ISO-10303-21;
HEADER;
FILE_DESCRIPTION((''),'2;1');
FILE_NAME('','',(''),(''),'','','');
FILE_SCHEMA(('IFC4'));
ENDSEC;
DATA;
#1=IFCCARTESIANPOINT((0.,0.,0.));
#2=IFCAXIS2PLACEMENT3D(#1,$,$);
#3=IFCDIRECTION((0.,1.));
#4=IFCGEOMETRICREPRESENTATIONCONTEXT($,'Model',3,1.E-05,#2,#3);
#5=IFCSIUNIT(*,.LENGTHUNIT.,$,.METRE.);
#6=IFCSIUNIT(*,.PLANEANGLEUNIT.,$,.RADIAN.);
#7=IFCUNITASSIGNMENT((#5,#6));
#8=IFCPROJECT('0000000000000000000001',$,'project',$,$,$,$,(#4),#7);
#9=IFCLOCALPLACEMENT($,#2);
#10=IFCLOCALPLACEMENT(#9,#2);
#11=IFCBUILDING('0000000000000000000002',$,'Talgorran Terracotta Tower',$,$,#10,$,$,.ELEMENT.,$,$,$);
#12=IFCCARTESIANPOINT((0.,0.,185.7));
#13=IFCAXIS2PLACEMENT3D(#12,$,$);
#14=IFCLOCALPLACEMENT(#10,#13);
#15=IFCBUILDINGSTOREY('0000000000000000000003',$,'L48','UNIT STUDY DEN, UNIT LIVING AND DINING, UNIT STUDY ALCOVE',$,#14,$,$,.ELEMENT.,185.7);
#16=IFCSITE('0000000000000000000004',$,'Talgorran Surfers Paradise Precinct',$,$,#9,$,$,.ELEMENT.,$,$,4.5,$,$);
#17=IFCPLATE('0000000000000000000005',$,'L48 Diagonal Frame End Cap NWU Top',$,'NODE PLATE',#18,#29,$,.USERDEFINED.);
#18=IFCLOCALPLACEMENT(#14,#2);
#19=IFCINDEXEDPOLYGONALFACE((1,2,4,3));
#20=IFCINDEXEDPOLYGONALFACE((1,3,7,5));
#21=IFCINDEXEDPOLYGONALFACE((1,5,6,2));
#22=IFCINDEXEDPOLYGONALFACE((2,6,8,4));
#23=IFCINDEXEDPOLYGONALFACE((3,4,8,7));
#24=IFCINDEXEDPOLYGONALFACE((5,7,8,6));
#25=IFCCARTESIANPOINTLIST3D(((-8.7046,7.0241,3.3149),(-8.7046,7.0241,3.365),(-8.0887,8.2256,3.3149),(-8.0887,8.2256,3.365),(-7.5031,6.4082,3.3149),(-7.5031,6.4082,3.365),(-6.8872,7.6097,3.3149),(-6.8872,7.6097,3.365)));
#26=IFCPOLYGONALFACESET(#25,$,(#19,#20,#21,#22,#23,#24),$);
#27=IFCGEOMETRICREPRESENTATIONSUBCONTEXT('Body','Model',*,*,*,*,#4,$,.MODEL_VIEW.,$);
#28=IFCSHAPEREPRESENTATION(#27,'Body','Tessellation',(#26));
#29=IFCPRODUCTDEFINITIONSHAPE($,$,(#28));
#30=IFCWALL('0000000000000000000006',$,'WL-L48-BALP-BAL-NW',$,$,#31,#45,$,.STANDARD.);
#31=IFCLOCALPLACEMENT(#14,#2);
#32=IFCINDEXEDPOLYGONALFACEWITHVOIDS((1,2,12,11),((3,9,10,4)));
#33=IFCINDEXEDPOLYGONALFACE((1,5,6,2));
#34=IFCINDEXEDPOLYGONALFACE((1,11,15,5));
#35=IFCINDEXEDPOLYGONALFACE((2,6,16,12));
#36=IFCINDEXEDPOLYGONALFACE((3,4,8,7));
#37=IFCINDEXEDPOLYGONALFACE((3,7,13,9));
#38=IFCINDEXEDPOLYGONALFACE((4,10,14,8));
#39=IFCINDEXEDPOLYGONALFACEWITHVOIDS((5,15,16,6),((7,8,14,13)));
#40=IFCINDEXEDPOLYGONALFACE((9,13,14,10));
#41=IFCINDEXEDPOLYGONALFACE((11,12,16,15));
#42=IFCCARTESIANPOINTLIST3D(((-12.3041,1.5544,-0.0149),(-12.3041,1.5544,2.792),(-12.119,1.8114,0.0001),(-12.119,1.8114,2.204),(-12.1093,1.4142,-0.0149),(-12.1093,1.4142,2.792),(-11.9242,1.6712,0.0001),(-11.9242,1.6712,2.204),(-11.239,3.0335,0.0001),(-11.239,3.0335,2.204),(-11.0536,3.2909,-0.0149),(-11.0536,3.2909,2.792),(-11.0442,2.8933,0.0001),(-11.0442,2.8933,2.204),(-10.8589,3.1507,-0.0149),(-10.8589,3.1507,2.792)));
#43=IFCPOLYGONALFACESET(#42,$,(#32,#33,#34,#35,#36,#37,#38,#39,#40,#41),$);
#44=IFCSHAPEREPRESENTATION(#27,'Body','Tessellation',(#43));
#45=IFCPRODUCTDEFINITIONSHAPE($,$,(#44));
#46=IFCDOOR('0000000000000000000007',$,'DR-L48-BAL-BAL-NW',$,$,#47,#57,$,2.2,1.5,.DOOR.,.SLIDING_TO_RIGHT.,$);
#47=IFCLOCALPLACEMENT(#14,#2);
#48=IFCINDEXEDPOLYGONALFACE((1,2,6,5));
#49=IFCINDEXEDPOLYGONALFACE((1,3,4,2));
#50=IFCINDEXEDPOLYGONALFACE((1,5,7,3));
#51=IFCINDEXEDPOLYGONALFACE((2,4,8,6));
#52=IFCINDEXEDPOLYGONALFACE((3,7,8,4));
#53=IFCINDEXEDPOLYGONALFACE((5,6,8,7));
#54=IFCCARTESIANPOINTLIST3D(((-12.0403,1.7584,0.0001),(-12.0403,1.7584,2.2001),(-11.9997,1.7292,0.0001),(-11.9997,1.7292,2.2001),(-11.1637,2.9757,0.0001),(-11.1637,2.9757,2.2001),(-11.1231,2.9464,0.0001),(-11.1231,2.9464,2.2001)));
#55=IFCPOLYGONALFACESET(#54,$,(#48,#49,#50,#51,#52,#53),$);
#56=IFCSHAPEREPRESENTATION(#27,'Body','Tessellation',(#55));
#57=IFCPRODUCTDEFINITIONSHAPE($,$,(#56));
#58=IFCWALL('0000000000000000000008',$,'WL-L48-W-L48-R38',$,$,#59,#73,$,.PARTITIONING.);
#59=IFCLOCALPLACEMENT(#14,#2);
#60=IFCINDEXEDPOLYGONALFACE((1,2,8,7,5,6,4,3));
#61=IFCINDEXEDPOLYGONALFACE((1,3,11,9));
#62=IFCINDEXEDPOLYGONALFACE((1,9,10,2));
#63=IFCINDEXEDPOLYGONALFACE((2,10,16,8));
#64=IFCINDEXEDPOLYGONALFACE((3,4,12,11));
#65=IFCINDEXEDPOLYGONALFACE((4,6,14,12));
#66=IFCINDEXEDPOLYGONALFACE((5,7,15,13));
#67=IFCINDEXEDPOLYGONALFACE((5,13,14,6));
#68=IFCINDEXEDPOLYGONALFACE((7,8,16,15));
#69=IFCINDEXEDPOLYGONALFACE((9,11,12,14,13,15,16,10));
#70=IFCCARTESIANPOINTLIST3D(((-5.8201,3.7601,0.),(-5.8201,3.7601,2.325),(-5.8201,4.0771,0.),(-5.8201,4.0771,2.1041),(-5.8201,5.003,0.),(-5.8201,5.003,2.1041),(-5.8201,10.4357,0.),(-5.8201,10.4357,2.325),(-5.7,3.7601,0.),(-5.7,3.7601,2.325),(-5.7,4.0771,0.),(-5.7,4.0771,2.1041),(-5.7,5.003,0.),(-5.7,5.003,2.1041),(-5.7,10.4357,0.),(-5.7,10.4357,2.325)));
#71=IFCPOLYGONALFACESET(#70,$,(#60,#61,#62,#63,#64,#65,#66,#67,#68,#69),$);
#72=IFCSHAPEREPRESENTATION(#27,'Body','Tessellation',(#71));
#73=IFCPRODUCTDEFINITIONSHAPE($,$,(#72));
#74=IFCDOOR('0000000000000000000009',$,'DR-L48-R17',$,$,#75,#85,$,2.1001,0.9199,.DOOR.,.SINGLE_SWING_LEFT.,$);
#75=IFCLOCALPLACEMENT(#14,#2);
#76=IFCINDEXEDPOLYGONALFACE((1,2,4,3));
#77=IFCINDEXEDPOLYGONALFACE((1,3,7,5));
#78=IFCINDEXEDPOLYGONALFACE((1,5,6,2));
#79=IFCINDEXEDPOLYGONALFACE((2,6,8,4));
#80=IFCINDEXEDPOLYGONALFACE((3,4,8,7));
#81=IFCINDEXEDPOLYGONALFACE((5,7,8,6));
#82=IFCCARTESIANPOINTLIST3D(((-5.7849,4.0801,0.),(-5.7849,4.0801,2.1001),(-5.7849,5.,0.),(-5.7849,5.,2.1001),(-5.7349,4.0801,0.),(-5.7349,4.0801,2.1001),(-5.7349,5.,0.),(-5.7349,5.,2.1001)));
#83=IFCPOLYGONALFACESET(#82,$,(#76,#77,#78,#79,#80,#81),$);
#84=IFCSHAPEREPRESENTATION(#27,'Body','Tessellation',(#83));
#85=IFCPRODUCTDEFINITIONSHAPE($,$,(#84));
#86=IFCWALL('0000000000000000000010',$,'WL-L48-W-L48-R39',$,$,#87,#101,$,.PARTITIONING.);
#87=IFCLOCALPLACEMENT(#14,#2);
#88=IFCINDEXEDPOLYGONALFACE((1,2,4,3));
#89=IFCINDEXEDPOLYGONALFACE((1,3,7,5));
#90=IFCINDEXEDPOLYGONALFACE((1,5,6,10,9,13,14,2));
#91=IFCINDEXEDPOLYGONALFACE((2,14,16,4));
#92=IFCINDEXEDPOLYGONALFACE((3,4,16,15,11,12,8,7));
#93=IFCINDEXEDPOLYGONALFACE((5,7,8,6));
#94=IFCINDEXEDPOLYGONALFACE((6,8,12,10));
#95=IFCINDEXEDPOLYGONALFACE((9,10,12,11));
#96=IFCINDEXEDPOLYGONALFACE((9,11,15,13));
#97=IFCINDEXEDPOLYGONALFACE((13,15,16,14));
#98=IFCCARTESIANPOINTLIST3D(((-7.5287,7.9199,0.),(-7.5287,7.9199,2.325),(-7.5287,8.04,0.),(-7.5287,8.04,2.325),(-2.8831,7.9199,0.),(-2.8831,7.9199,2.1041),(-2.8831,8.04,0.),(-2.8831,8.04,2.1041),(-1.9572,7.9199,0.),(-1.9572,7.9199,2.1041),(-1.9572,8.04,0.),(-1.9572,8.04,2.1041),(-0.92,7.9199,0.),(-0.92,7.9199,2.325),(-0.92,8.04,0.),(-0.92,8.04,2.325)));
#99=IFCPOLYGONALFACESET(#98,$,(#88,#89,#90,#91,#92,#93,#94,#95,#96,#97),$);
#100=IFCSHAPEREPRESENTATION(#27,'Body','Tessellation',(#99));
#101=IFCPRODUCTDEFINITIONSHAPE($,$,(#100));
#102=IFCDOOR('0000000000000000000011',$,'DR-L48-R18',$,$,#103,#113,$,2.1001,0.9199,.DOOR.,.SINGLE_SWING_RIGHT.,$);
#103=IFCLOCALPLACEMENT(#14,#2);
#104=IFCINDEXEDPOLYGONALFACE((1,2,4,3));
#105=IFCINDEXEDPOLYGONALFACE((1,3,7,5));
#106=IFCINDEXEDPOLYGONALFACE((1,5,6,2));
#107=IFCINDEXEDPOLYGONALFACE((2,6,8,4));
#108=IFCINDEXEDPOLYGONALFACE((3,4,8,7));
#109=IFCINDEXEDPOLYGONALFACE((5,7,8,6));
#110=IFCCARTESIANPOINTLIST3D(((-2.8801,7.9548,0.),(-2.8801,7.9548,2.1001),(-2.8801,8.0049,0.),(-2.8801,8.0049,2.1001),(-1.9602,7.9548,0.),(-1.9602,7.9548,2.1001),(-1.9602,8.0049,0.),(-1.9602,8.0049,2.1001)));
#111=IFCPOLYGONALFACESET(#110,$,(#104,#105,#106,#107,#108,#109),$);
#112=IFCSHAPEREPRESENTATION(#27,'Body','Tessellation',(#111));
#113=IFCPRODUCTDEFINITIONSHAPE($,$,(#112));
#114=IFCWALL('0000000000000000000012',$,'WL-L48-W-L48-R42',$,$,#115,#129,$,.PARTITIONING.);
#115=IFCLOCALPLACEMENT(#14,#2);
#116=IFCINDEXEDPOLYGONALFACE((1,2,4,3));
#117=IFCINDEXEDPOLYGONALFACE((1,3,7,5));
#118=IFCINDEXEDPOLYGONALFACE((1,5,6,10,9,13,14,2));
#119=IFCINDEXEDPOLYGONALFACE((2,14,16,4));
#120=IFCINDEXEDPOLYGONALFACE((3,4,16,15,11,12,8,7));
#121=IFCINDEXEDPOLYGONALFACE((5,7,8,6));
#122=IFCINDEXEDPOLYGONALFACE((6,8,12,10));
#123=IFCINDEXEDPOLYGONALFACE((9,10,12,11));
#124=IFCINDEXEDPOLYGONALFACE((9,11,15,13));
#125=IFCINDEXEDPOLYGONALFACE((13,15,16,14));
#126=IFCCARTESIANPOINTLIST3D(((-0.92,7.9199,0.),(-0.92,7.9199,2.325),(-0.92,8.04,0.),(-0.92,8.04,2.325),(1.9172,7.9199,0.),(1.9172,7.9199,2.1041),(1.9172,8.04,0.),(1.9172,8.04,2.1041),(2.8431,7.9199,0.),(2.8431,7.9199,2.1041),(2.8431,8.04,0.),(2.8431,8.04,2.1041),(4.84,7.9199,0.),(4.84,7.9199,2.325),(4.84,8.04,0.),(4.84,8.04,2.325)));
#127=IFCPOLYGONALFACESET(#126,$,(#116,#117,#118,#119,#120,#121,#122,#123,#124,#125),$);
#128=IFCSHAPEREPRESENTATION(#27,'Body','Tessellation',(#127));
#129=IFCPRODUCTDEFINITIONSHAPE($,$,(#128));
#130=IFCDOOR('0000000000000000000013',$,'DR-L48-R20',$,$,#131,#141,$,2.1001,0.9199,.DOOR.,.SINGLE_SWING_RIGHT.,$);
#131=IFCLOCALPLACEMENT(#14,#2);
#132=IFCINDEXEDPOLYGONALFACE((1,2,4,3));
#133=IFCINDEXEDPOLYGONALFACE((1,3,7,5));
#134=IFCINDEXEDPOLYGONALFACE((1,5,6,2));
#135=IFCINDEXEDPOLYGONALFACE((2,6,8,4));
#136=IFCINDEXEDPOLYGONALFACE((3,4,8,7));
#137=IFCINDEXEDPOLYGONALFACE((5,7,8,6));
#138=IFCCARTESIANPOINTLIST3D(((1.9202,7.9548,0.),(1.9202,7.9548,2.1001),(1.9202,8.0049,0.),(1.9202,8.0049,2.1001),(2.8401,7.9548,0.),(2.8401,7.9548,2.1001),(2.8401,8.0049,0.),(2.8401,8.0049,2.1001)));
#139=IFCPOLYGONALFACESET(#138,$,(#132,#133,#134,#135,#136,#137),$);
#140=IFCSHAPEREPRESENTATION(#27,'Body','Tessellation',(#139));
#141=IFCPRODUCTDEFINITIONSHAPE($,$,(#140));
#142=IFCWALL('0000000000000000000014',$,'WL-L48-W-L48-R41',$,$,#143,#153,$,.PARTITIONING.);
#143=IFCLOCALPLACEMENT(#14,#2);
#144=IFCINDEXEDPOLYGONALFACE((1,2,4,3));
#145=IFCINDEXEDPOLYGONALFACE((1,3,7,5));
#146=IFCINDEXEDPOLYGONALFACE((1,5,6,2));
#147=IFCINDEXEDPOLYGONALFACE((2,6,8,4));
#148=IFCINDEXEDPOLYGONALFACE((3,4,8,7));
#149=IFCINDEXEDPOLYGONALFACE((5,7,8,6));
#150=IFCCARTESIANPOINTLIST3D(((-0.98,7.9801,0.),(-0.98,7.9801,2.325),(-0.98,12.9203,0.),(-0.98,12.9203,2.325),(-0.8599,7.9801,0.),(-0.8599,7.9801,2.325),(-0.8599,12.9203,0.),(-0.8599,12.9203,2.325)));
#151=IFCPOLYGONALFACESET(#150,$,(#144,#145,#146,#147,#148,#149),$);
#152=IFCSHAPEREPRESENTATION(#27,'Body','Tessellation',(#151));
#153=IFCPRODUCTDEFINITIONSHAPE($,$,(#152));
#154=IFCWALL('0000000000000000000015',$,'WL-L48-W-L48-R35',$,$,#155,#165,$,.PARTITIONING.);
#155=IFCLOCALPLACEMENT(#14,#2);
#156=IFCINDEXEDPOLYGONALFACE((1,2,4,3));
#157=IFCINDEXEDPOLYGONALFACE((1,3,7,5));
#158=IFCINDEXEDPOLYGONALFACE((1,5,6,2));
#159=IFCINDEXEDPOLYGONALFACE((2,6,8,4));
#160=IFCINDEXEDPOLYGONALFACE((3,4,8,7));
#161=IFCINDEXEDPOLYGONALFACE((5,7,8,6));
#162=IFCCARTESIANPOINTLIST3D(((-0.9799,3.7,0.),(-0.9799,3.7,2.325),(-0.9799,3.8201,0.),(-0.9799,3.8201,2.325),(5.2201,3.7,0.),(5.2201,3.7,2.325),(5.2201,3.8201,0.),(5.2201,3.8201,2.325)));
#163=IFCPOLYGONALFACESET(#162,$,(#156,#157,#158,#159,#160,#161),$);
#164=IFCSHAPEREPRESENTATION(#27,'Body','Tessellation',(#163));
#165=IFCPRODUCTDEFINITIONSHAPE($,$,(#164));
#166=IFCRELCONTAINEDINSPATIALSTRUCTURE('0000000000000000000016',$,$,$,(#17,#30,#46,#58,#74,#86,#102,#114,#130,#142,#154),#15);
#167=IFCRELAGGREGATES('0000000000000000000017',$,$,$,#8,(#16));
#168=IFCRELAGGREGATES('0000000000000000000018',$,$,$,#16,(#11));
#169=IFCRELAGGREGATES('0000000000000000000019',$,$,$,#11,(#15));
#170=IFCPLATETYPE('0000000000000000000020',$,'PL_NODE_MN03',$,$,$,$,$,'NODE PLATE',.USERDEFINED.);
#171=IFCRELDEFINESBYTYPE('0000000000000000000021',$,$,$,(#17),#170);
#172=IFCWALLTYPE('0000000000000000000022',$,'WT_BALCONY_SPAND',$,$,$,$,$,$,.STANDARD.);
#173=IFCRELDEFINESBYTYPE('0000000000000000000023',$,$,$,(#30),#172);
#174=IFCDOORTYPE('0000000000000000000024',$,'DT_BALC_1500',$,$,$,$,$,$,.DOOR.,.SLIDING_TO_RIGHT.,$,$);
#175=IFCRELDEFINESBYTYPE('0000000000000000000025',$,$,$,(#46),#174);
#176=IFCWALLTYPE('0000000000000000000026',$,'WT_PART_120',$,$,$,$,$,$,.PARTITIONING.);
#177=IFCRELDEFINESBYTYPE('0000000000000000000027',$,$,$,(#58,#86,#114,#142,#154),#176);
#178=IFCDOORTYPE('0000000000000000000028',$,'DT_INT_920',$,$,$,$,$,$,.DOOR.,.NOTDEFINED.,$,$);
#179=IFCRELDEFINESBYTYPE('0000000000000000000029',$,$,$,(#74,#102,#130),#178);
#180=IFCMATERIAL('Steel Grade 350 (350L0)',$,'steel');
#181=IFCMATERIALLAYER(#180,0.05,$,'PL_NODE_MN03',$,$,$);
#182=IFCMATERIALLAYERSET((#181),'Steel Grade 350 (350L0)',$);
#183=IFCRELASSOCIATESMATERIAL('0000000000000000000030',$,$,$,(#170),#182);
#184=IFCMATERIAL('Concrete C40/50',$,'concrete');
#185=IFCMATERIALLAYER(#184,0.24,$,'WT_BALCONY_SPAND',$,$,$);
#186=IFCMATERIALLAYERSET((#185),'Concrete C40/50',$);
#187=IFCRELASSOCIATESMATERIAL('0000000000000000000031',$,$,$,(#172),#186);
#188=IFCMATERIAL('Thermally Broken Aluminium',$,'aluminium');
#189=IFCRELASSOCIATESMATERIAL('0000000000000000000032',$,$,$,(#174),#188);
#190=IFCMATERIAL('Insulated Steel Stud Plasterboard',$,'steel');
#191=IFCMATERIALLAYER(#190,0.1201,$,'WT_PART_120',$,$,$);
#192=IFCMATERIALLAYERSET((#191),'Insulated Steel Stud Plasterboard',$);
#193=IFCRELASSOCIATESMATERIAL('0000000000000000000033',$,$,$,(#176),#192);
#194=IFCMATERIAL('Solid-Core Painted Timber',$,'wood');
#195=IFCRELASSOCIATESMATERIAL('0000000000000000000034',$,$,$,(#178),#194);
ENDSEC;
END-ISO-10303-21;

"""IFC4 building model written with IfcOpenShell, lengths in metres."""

from ifc_helpers import new_model, si_unit, direction, frame, frame_2d, origin, origin_2d, place, context, subcontext, project, spatial, rectangle, extrude, material, layer, layer_set, type_object, element, fill, save


model = new_model("IFC4")

# Units and contexts
model_context = context("Model", 3, precision=1e-05, world=origin(), true_north=direction((0.0, 1.0)))
body_context = subcontext(model_context, "Body", "Model", "MODEL_VIEW")
ifc_project = project(units=[si_unit("LENGTHUNIT", "METRE"), si_unit("PLANEANGLEUNIT", "RADIAN")], contexts=[model_context])

# Site, building, storey
site_placement = place(None, origin())
site = spatial("IfcSite", under=ifc_project, at=site_placement, Name="Talgorran Surfers Paradise Precinct", CompositionType="ELEMENT", RefElevation=4.5)
building_placement = place(site_placement, origin())
building = spatial("IfcBuilding", under=site, at=building_placement, Name="Talgorran Terracotta Tower", CompositionType="ELEMENT")
storey_placement = place(building_placement, frame((0.0, 0.0, 185.7)))
storey = spatial("IfcBuildingStorey", under=building, at=storey_placement, Name="L48", Description="UNIT STUDY DEN, UNIT LIVING AND DINING, UNIT STUDY ALCOVE", CompositionType="ELEMENT", Elevation=185.7)

# Shared definitions
ifc_material_1 = material(Name="Steel Grade 350 (350L0)", Category="steel")

# Plate
ifc_layer_1 = layer(ifc_material_1, 0.05, Name="PL_NODE_MN03")
ifc_layer_set_1 = layer_set([ifc_layer_1], Name="Steel Grade 350 (350L0)")
plate_type_1 = type_object("IfcPlateType", Name="PL_NODE_MN03", ElementType="NODE PLATE", PredefinedType="USERDEFINED", material=ifc_layer_set_1)
plate_1_placement = place(storey_placement, frame((-7.7959, 7.3169, 3.3149), z_axis=(0.0, 0.0, 1.0), x_axis=(-0.456166, -0.889895, 0.0)))
element("IfcPlate", 1, at=plate_1_placement, inside=storey, type_object=plate_type_1, Name="L48 Diagonal Frame End Cap NWU Top", ObjectType="NODE PLATE", PredefinedType="USERDEFINED", context=body_context, shape_type="SweptSolid", body=[
    extrude(rectangle(XDim=1.3501, YDim=1.3501, at=origin_2d()), origin(), (0.0, 0.0, 1.0), 0.05),
])

# Walls, openings, doors
ifc_material_2 = material(Name="Concrete C40/50", Category="concrete")
ifc_layer_2 = layer(ifc_material_2, 0.24, Name="WT_BALCONY_SPAND")
ifc_layer_set_2 = layer_set([ifc_layer_2], Name="Concrete C40/50")
wall_type_1 = type_object("IfcWallType", Name="WT_BALCONY_SPAND", PredefinedType="STANDARD", material=ifc_layer_set_2)
wall_1_placement = place(storey_placement, frame((-10.9563, 3.2207, -0.0149), z_axis=(0.0, 0.0, 1.0), x_axis=(-0.584353, -0.8115, 0.0)))
wall_1 = element("IfcWall", 2, at=wall_1_placement, inside=storey, type_object=wall_type_1, Name="WL-L48-BALP-BAL-NW", PredefinedType="STANDARD", context=body_context, shape_type="SweptSolid", body=[
    extrude(rectangle(XDim=2.1399, YDim=0.24, at=frame_2d((1.0698, 0.0))), origin(), (0.0, 0.0, 1.0), 2.8069),
])
opening_1_placement = place(wall_1_placement, frame((0.3201, 0.0, 0.0149)))
opening_1 = element("IfcOpeningElement", 3, at=opening_1_placement, cuts=wall_1, PredefinedType="OPENING", context=body_context, shape_type="SweptSolid", body=[
    extrude(rectangle(XDim=1.506, YDim=2.204, at=frame_2d((0.75, 1.1021))), frame((0.0, 0.1299, 0.0), z_axis=(0.0, -1.0, 0.0), x_axis=(1.0, 0.0, 0.0)), (0.0, 0.0, 1.0), 0.26),
])
ifc_material_3 = material(Name="Thermally Broken Aluminium", Category="aluminium")
door_type_1 = type_object("IfcDoorType", Name="DT_BALC_1500", OperationType="SLIDING_TO_RIGHT", PredefinedType="DOOR", material=ifc_material_3)
door_1_placement = place(opening_1_placement, origin())
door_1 = element("IfcDoor", 4, at=door_1_placement, inside=storey, type_object=door_type_1, Name="DR-L48-BAL-BAL-NW", OperationType="SLIDING_TO_RIGHT", OverallHeight=2.2, OverallWidth=1.5, PredefinedType="DOOR", context=body_context, shape_type="SweptSolid", body=[
    extrude(rectangle(XDim=1.5, YDim=2.2, at=frame_2d((0.75, 1.1001))), frame((0.0, 0.0249, 0.0), z_axis=(0.0, -1.0, 0.0), x_axis=(1.0, 0.0, 0.0)), (0.0, 0.0, 1.0), 0.05),
])
fill(opening_1, door_1)
ifc_material_4 = material(Name="Insulated Steel Stud Plasterboard", Category="steel")
ifc_layer_3 = layer(ifc_material_4, 0.1201, Name="WT_PART_120")
ifc_layer_set_3 = layer_set([ifc_layer_3], Name="Insulated Steel Stud Plasterboard")
wall_type_2 = type_object("IfcWallType", Name="WT_PART_120", PredefinedType="PARTITIONING", material=ifc_layer_set_3)
wall_2_placement = place(storey_placement, frame((-5.76, 3.76, 0.0), z_axis=(0.0, 0.0, 1.0), x_axis=(0.0, 1.0, 0.0)))
wall_2 = element("IfcWall", 5, at=wall_2_placement, inside=storey, type_object=wall_type_2, Name="WL-L48-W-L48-R38", PredefinedType="PARTITIONING", context=body_context, shape_type="SweptSolid", body=[
    extrude(rectangle(XDim=6.6755, YDim=0.1201, at=frame_2d((3.3379, 0.0))), origin(), (0.0, 0.0, 1.0), 2.325),
])
opening_2_placement = place(wall_2_placement, frame((0.3201, 0.0, 0.0)))
opening_2 = element("IfcOpeningElement", 6, at=opening_2_placement, cuts=wall_2, PredefinedType="OPENING", context=body_context, shape_type="SweptSolid", body=[
    extrude(rectangle(XDim=0.9259, YDim=2.1041, at=frame_2d((0.46, 1.052))), frame((0.0, 0.0701, 0.0), z_axis=(0.0, -1.0, 0.0), x_axis=(1.0, 0.0, 0.0)), (0.0, 0.0, 1.0), 0.1401),
])
ifc_material_5 = material(Name="Solid-Core Painted Timber", Category="wood")
door_type_2 = type_object("IfcDoorType", Name="DT_INT_920", OperationType="NOTDEFINED", PredefinedType="DOOR", material=ifc_material_5)
door_2_placement = place(opening_2_placement, origin())
door_2 = element("IfcDoor", 7, at=door_2_placement, inside=storey, type_object=door_type_2, Name="DR-L48-R17", OperationType="SINGLE_SWING_LEFT", OverallHeight=2.1001, OverallWidth=0.9199, PredefinedType="DOOR", context=body_context, shape_type="SweptSolid", body=[
    extrude(rectangle(XDim=0.9199, YDim=2.1001, at=frame_2d((0.46, 1.05))), frame((0.0, 0.0249, 0.0), z_axis=(0.0, -1.0, 0.0), x_axis=(1.0, 0.0, 0.0)), (0.0, 0.0, 1.0), 0.05),
])
fill(opening_2, door_2)
wall_3_placement = place(storey_placement, frame((-7.5286, 7.98, 0.0), z_axis=(0.0, 0.0, 1.0), x_axis=(1.0, 0.0, 0.0)))
wall_3 = element("IfcWall", 8, at=wall_3_placement, inside=storey, type_object=wall_type_2, Name="WL-L48-W-L48-R39", PredefinedType="PARTITIONING", context=body_context, shape_type="SweptSolid", body=[
    extrude(rectangle(XDim=6.6086, YDim=0.1201, at=frame_2d((3.3042, 0.0))), origin(), (0.0, 0.0, 1.0), 2.325),
])
opening_3_placement = place(wall_3_placement, frame((4.6484, 0.0, 0.0)))
opening_3 = element("IfcOpeningElement", 9, at=opening_3_placement, cuts=wall_3, PredefinedType="OPENING", context=body_context, shape_type="SweptSolid", body=[
    extrude(rectangle(XDim=0.9259, YDim=2.1041, at=frame_2d((0.46, 1.052))), frame((0.0, 0.0701, 0.0), z_axis=(0.0, -1.0, 0.0), x_axis=(1.0, 0.0, 0.0)), (0.0, 0.0, 1.0), 0.1401),
])
door_3_placement = place(opening_3_placement, origin())
door_3 = element("IfcDoor", 10, at=door_3_placement, inside=storey, type_object=door_type_2, Name="DR-L48-R18", OperationType="SINGLE_SWING_RIGHT", OverallHeight=2.1001, OverallWidth=0.9199, PredefinedType="DOOR", context=body_context, shape_type="SweptSolid", body=[
    extrude(rectangle(XDim=0.9199, YDim=2.1001, at=frame_2d((0.46, 1.05))), frame((0.0, 0.0249, 0.0), z_axis=(0.0, -1.0, 0.0), x_axis=(1.0, 0.0, 0.0)), (0.0, 0.0, 1.0), 0.05),
])
fill(opening_3, door_3)
wall_4_placement = place(storey_placement, frame((-0.9199, 7.98, 0.0), z_axis=(0.0, 0.0, 1.0), x_axis=(1.0, 0.0, 0.0)))
wall_4 = element("IfcWall", 11, at=wall_4_placement, inside=storey, type_object=wall_type_2, Name="WL-L48-W-L48-R42", PredefinedType="PARTITIONING", context=body_context, shape_type="SweptSolid", body=[
    extrude(rectangle(XDim=5.76, YDim=0.1201, at=frame_2d((2.8799, 0.0))), origin(), (0.0, 0.0, 1.0), 2.325),
])
opening_4_placement = place(wall_4_placement, frame((2.8401, 0.0, 0.0)))
opening_4 = element("IfcOpeningElement", 12, at=opening_4_placement, cuts=wall_4, PredefinedType="OPENING", context=body_context, shape_type="SweptSolid", body=[
    extrude(rectangle(XDim=0.9259, YDim=2.1041, at=frame_2d((0.46, 1.052))), frame((0.0, 0.0701, 0.0), z_axis=(0.0, -1.0, 0.0), x_axis=(1.0, 0.0, 0.0)), (0.0, 0.0, 1.0), 0.1401),
])
door_4_placement = place(opening_4_placement, origin())
door_4 = element("IfcDoor", 13, at=door_4_placement, inside=storey, type_object=door_type_2, Name="DR-L48-R20", OperationType="SINGLE_SWING_RIGHT", OverallHeight=2.1001, OverallWidth=0.9199, PredefinedType="DOOR", context=body_context, shape_type="SweptSolid", body=[
    extrude(rectangle(XDim=0.9199, YDim=2.1001, at=frame_2d((0.46, 1.05))), frame((0.0, 0.0249, 0.0), z_axis=(0.0, -1.0, 0.0), x_axis=(1.0, 0.0, 0.0)), (0.0, 0.0, 1.0), 0.05),
])
fill(opening_4, door_4)

# Walls
wall_5_placement = place(storey_placement, frame((-0.9199, 7.98, 0.0), z_axis=(0.0, 0.0, 1.0), x_axis=(0.0, 1.0, 0.0)))
element("IfcWall", 14, at=wall_5_placement, inside=storey, type_object=wall_type_2, Name="WL-L48-W-L48-R41", PredefinedType="PARTITIONING", context=body_context, shape_type="SweptSolid", body=[
    extrude(rectangle(XDim=4.9402, YDim=0.1201, at=frame_2d((2.4702, 0.0))), origin(), (0.0, 0.0, 1.0), 2.325),
])
wall_6_placement = place(storey_placement, frame((-0.98, 3.76, 0.0), z_axis=(0.0, 0.0, 1.0), x_axis=(1.0, 0.0, 0.0)))
element("IfcWall", 15, at=wall_6_placement, inside=storey, type_object=wall_type_2, Name="WL-L48-W-L48-R35", PredefinedType="PARTITIONING", context=body_context, shape_type="SweptSolid", body=[
    extrude(rectangle(XDim=6.2, YDim=0.1201, at=frame_2d((3.1001, 0.0))), origin(), (0.0, 0.0, 1.0), 2.325),
])

save(model, "model.ifc")
